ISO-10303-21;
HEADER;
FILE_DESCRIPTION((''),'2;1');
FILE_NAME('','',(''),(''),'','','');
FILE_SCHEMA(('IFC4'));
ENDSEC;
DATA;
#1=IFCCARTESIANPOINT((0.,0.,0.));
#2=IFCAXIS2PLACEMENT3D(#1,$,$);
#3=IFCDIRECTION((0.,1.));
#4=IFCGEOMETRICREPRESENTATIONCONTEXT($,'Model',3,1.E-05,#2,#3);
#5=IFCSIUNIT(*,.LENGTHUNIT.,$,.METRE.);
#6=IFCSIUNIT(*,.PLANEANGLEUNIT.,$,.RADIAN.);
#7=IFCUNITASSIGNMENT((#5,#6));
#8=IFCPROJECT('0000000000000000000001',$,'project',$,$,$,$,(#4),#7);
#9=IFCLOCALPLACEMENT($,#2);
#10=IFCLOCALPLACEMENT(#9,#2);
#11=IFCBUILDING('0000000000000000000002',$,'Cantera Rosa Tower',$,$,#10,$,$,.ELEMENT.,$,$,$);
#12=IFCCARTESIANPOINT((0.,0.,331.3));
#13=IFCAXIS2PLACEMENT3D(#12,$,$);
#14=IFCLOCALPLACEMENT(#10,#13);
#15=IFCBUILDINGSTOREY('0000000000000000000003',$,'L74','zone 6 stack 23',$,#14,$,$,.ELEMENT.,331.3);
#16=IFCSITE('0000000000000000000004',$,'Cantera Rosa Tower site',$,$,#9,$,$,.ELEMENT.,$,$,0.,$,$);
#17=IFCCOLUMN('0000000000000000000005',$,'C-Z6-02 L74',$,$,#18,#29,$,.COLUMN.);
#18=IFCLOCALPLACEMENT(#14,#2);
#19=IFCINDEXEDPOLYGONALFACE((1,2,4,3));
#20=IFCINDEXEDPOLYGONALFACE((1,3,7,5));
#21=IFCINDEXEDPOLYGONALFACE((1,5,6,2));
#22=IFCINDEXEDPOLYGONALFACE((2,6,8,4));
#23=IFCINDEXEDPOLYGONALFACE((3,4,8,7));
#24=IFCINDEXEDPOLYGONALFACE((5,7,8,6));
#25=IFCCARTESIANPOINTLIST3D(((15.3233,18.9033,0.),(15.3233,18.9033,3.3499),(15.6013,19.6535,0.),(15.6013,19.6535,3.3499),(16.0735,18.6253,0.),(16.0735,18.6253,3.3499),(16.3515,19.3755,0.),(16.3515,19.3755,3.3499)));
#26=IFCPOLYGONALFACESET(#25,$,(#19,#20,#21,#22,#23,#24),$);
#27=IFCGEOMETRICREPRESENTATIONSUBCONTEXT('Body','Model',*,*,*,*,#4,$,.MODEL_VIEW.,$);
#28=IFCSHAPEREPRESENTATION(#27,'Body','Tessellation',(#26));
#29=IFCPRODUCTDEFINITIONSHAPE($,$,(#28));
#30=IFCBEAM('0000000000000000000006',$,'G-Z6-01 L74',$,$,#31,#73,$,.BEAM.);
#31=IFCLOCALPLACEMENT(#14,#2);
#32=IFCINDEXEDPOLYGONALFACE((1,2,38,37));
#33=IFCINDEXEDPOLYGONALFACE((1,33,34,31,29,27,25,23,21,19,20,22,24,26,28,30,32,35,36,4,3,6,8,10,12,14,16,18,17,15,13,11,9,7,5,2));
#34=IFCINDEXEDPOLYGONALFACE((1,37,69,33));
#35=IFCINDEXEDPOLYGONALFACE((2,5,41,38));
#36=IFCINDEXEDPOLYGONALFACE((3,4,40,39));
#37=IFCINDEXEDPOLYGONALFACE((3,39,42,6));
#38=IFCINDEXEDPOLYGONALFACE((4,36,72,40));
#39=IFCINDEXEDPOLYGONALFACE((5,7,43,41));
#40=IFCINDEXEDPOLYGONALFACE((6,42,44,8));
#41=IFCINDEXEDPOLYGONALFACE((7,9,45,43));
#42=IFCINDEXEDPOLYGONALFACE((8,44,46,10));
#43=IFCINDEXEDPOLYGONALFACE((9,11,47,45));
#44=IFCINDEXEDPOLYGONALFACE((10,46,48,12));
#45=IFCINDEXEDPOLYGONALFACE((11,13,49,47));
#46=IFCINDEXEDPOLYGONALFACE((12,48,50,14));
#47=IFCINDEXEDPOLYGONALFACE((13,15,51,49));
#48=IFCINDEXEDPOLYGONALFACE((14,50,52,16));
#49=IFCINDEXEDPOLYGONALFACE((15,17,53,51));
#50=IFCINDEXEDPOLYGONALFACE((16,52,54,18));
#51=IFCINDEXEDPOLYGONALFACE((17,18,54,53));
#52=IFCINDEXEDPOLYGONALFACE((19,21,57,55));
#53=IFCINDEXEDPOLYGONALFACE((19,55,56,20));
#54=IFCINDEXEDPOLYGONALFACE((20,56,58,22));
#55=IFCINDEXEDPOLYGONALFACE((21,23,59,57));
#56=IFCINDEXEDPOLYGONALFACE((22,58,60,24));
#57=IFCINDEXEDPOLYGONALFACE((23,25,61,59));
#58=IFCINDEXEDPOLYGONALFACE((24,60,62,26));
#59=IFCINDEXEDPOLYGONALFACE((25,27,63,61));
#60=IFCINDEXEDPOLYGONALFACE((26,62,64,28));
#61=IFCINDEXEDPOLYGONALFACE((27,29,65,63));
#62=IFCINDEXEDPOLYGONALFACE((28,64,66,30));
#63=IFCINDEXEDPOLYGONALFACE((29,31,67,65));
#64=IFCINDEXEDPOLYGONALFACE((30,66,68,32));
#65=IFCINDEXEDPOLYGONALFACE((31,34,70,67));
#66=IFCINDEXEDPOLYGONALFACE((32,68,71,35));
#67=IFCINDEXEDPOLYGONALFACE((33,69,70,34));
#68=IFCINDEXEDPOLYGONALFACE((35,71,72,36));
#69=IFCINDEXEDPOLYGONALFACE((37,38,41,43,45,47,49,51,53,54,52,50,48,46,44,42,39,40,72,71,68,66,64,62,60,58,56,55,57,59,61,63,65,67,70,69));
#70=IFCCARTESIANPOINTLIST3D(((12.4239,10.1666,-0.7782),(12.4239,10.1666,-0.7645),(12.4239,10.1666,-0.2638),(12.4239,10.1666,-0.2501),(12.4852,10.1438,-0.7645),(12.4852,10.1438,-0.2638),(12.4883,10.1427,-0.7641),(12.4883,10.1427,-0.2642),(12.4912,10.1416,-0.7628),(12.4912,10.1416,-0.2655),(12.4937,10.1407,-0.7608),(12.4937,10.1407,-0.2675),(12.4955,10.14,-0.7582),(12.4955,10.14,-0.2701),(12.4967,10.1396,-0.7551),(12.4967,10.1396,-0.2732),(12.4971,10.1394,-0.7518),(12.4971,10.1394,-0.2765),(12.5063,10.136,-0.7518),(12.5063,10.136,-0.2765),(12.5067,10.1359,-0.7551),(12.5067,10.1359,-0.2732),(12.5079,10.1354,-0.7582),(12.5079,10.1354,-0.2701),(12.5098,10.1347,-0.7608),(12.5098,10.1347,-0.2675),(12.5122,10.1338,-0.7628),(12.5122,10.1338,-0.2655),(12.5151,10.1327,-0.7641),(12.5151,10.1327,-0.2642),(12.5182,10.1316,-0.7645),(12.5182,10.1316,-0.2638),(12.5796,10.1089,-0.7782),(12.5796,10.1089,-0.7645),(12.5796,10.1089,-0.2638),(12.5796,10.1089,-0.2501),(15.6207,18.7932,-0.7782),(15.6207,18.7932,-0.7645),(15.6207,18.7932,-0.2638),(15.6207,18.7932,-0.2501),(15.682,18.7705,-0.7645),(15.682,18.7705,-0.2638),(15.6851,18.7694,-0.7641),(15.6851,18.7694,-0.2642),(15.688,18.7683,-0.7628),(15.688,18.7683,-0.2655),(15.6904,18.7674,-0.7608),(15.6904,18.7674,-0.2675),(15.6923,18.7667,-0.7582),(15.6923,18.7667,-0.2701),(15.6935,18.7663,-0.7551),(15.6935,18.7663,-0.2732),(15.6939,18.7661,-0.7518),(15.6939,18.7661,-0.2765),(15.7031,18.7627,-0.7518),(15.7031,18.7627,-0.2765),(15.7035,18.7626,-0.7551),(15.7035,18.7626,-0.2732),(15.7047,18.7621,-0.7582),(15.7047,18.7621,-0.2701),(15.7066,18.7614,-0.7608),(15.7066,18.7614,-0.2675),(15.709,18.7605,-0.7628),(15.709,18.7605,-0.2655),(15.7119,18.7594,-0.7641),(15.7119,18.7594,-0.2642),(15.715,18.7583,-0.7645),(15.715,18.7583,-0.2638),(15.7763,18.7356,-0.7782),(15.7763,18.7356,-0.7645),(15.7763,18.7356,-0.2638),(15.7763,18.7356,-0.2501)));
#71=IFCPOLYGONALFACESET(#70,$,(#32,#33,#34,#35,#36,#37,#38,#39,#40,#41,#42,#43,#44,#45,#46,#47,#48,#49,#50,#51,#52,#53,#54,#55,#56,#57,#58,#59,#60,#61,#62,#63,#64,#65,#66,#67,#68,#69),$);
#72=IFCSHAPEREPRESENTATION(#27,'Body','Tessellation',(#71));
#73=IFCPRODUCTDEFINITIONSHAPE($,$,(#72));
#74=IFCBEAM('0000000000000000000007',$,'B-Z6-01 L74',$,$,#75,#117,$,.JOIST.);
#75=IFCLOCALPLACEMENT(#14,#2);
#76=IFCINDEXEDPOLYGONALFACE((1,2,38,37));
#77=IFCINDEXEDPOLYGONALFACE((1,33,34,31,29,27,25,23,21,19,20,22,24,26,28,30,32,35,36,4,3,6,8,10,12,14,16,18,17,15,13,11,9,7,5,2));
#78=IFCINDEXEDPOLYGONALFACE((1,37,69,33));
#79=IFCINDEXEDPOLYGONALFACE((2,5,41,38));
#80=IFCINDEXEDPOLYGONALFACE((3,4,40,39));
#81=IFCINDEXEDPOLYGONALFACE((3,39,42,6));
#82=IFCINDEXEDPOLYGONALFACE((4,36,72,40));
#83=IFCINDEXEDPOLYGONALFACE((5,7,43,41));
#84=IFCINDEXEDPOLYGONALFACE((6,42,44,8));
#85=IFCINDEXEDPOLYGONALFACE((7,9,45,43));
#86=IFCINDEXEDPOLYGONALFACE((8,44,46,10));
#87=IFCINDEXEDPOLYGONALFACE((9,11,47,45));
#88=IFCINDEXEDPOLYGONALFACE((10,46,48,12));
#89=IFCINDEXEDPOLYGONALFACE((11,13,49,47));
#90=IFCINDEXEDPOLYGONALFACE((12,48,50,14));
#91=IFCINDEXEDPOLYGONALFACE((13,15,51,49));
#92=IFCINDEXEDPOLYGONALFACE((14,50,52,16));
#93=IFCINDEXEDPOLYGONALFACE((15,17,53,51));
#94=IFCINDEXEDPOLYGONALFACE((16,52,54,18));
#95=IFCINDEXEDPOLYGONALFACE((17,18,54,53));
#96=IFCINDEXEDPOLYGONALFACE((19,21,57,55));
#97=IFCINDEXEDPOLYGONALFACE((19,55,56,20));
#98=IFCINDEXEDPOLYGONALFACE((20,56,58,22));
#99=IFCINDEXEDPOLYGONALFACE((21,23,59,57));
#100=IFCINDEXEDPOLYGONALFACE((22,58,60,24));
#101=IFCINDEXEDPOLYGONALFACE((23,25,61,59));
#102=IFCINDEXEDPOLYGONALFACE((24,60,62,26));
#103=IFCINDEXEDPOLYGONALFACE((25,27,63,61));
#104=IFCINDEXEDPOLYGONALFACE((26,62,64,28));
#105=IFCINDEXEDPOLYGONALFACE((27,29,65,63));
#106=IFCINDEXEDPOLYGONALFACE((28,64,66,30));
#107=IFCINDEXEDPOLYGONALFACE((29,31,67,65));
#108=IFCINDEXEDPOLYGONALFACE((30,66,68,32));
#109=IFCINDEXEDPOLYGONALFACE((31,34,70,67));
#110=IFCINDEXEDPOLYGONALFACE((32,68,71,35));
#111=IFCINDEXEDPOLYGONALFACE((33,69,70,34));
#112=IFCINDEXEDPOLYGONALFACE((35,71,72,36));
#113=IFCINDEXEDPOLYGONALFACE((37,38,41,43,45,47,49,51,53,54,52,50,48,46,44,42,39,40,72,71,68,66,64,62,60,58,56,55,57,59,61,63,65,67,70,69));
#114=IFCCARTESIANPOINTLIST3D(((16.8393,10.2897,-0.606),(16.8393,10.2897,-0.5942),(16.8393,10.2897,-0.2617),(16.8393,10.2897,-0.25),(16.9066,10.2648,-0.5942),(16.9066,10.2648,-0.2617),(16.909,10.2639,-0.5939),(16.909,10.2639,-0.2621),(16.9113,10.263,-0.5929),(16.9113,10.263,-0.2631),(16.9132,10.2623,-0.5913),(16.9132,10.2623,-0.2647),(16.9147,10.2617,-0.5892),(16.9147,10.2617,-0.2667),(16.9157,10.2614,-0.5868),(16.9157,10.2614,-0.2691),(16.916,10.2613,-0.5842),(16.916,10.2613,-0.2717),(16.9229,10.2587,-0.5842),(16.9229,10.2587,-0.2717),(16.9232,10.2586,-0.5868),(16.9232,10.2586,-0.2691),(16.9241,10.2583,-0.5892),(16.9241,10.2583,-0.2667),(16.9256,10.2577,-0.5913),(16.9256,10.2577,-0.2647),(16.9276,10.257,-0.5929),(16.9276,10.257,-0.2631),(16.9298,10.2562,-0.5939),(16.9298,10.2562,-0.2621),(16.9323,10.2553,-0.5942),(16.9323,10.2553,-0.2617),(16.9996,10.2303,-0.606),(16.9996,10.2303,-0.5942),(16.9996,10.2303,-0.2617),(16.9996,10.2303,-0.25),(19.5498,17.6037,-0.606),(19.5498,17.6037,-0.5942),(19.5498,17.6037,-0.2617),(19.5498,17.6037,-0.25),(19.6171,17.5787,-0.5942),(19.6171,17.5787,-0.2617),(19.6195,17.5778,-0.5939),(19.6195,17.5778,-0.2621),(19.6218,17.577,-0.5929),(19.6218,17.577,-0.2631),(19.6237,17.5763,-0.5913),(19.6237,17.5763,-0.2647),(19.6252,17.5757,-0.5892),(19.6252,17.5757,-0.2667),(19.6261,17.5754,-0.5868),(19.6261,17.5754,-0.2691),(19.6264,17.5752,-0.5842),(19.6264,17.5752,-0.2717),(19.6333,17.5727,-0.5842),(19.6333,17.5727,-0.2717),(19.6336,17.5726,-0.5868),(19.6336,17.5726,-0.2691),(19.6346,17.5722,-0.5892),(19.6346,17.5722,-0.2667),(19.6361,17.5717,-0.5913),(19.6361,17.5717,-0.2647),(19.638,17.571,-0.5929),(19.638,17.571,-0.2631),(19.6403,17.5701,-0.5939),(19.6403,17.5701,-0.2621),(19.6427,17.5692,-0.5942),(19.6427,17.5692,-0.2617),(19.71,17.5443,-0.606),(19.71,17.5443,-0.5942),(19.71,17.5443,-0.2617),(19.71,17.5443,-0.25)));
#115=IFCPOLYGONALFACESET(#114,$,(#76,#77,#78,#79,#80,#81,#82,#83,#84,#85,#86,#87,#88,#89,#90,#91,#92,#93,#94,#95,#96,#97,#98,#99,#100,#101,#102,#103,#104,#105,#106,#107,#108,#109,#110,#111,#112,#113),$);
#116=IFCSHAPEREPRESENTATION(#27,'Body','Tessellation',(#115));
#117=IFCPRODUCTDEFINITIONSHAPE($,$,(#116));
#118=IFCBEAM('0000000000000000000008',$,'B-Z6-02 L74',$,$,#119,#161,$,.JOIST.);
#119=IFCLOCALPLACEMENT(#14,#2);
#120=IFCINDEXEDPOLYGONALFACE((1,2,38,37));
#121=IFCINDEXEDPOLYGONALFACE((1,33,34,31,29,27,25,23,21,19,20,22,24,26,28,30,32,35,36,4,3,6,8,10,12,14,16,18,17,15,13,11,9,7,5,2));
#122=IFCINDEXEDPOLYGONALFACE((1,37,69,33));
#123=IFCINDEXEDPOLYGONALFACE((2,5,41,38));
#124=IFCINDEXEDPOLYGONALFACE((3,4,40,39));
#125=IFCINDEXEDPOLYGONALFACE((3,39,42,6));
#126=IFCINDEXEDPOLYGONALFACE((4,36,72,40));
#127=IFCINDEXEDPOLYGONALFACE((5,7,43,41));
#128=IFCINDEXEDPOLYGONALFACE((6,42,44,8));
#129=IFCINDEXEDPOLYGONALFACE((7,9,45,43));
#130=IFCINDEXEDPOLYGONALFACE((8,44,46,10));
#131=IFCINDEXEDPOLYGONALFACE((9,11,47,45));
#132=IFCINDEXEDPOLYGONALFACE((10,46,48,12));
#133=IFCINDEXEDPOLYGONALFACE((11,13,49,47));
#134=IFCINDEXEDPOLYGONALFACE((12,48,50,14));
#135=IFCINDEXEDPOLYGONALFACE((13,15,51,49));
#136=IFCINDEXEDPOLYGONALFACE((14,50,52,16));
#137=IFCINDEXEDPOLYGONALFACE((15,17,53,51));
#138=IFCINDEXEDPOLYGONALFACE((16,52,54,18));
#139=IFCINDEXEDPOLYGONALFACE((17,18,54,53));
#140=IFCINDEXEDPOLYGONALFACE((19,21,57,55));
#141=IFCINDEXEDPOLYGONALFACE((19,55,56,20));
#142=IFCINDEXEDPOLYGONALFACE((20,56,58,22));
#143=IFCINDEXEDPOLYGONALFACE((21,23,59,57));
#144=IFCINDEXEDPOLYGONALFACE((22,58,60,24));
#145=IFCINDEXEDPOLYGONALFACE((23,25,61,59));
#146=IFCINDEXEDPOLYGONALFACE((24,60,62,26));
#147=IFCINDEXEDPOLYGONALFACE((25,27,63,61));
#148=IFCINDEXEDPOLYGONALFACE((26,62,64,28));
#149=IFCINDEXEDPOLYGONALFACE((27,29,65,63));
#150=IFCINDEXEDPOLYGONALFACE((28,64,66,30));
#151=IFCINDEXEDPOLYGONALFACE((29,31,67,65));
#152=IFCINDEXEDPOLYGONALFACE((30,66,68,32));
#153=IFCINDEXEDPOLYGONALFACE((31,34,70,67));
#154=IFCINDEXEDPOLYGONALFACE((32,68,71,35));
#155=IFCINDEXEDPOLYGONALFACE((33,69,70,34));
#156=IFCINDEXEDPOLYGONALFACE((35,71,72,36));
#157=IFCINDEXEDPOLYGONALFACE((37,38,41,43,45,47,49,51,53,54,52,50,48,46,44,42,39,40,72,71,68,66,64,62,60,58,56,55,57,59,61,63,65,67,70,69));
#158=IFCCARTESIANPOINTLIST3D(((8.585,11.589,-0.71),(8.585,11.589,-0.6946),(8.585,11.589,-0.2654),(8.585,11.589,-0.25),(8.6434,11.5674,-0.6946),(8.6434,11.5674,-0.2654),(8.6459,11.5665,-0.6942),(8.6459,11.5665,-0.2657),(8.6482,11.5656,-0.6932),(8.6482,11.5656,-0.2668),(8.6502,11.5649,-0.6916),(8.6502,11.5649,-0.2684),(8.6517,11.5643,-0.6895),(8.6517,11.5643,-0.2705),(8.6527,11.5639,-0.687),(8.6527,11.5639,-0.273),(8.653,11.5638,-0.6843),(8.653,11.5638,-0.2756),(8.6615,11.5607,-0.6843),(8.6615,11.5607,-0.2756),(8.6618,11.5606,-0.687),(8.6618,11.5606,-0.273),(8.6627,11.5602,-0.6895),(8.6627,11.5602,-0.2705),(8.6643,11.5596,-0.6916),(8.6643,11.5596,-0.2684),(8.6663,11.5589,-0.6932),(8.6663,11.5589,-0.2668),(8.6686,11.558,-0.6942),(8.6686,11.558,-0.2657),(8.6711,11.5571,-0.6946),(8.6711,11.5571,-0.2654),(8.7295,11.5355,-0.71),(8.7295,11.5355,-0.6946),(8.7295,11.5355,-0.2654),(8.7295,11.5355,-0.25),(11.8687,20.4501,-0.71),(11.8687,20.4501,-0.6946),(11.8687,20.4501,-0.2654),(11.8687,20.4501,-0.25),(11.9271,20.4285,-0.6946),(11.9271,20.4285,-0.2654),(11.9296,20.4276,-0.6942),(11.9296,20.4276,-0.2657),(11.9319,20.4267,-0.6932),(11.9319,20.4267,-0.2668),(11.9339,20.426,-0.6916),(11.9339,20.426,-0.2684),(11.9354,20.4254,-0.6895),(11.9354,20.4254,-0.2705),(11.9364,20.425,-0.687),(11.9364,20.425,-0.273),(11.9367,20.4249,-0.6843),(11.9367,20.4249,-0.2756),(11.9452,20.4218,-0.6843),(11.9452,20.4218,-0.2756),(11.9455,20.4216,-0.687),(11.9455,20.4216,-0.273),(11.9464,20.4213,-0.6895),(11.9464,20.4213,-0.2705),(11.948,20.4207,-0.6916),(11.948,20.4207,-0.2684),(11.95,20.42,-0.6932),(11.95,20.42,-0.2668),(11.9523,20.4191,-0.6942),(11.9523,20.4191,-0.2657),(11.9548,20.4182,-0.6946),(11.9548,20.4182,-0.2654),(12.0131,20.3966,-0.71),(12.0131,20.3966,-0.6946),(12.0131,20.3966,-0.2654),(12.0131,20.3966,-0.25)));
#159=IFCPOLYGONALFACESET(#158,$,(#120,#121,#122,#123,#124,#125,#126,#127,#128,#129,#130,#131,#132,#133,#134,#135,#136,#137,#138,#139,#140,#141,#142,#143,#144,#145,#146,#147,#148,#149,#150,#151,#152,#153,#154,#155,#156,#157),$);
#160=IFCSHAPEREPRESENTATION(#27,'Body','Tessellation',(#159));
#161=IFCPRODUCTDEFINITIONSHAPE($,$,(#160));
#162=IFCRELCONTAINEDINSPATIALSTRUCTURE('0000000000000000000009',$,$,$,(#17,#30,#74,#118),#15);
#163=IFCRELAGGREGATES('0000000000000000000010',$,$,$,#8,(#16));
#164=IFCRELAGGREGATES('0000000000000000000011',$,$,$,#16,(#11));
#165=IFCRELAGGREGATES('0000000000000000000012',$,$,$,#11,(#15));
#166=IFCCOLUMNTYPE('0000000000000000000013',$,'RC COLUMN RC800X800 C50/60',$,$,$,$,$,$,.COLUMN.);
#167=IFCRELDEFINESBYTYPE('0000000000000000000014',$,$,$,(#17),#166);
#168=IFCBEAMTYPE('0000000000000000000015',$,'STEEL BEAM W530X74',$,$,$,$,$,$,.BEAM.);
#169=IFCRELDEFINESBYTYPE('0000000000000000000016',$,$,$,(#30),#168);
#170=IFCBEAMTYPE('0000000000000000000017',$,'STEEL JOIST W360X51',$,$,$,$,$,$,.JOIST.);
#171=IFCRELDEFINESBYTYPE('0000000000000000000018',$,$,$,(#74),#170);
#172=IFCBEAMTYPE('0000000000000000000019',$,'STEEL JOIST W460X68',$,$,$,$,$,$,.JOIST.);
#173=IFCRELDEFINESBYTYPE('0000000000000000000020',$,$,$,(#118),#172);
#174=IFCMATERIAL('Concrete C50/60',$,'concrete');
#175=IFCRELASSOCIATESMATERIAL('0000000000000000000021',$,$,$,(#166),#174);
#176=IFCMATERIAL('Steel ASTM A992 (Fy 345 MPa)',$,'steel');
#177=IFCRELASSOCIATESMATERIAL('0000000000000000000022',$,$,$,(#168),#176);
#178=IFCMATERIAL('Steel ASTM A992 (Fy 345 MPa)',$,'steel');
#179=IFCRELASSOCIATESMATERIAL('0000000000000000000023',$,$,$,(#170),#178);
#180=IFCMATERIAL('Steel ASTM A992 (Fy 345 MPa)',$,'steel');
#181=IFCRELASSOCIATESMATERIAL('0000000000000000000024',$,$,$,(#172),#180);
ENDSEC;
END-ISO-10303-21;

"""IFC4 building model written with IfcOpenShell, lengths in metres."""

from ifc_helpers import new_model, si_unit, direction, frame, origin, origin_2d, place, context, subcontext, project, spatial, rectangle, i_section, extrude, material, material_profile, profile_set, type_object, element, save


model = new_model("IFC4")

# Units and contexts
model_context = context("Model", 3, precision=1e-05, world=origin(), true_north=direction((0.0, 1.0)))
body_context = subcontext(model_context, "Body", "Model", "MODEL_VIEW")
ifc_project = project(units=[si_unit("LENGTHUNIT", "METRE"), si_unit("PLANEANGLEUNIT", "RADIAN")], contexts=[model_context])

# Site, building, storey
site_placement = place(None, origin())
site = spatial("IfcSite", under=ifc_project, at=site_placement, Name="Cantera Rosa Tower site", CompositionType="ELEMENT", RefElevation=0.0)
building_placement = place(site_placement, origin())
building = spatial("IfcBuilding", under=site, at=building_placement, Name="Cantera Rosa Tower", CompositionType="ELEMENT")
storey_placement = place(building_placement, frame((0.0, 0.0, 331.3)))
storey = spatial("IfcBuildingStorey", under=building, at=storey_placement, Name="L74", Description="zone 6 stack 23", CompositionType="ELEMENT", Elevation=331.3)

# Column
ifc_material_1 = material(Name="Concrete C50/60", Category="concrete")
ifc_material_profile_1 = material_profile(ifc_material_1, rectangle(XDim=0.8, YDim=0.8, at=origin_2d()), Name="RC COLUMN RC800X800 C50/60")
ifc_profile_set_1 = profile_set([ifc_material_profile_1], Name="Concrete C50/60")
column_type = type_object("IfcColumnType", Name="RC COLUMN RC800X800 C50/60", PredefinedType="COLUMN", material=ifc_profile_set_1)
column_placement = place(storey_placement, frame((15.8374, 19.1394, 0.0), z_axis=(0.0, 0.0, 1.0), x_axis=(0.347481, 0.937687, 0.0)))
element("IfcColumn", 1, at=column_placement, inside=storey, type_object=column_type, Name="C-Z6-02 L74", PredefinedType="COLUMN", context=body_context, shape_type="SweptSolid", body=[
    extrude(rectangle(XDim=0.8, YDim=0.8, at=origin_2d()), origin(), (0.0, 0.0, 1.0), 3.3499),
])

# Beams
ifc_material_2 = material(Name="Steel ASTM A992 (Fy 345 MPa)", Category="steel")
ifc_material_profile_2 = material_profile(ifc_material_2, i_section(OverallWidth=0.166, OverallDepth=0.5281, WebThickness=0.0098, FlangeThickness=0.0137, FilletRadius=0.0127, at=origin_2d()), Name="W530X74")
ifc_profile_set_2 = profile_set([ifc_material_profile_2], Name="Steel ASTM A992 (Fy 345 MPa)")
beam_type_1 = type_object("IfcBeamType", Name="STEEL BEAM W530X74", PredefinedType="BEAM", material=ifc_profile_set_2)
beam_1_placement = place(storey_placement, frame((15.6985, 18.7644, -0.5142), z_axis=(-0.347477, -0.937689, 0.0), x_axis=(0.937689, -0.347477, 0.0)))
element("IfcBeam", 2, at=beam_1_placement, inside=storey, type_object=beam_type_1, Name="G-Z6-01 L74", PredefinedType="BEAM", context=body_context, shape_type="SweptSolid", body=[
    extrude(i_section(OverallWidth=0.166, OverallDepth=0.5281, WebThickness=0.0098, FlangeThickness=0.0137, FilletRadius=0.0127, at=origin_2d()), origin(), (0.0, 0.0, 1.0), 9.2),
])
ifc_material_3 = material(Name="Steel ASTM A992 (Fy 345 MPa)", Category="steel")
ifc_material_profile_3 = material_profile(ifc_material_3, i_section(OverallWidth=0.1709, OverallDepth=0.356, WebThickness=0.0073, FlangeThickness=0.0117, FilletRadius=0.01, at=origin_2d()), Name="W360X51")
ifc_profile_set_3 = profile_set([ifc_material_profile_3], Name="Steel ASTM A992 (Fy 345 MPa)")
beam_type_2 = type_object("IfcBeamType", Name="STEEL JOIST W360X51", PredefinedType="JOIST", material=ifc_profile_set_3)
beam_2_placement = place(storey_placement, frame((19.6299, 17.574, -0.428), z_axis=(-0.347492, -0.937683, 0.0), x_axis=(0.937683, -0.347492, 0.0)))
element("IfcBeam", 3, at=beam_2_placement, inside=storey, type_object=beam_type_2, Name="B-Z6-01 L74", PredefinedType="JOIST", context=body_context, shape_type="SweptSolid", body=[
    extrude(i_section(OverallWidth=0.1709, OverallDepth=0.356, WebThickness=0.0073, FlangeThickness=0.0117, FilletRadius=0.01, at=origin_2d()), origin(), (0.0, 0.0, 1.0), 7.8),
])
ifc_material_4 = material(Name="Steel ASTM A992 (Fy 345 MPa)", Category="steel")
ifc_material_profile_4 = material_profile(ifc_material_4, i_section(OverallWidth=0.1541, OverallDepth=0.46, WebThickness=0.009, FlangeThickness=0.0154, FilletRadius=0.0103, at=origin_2d()), Name="W460X68")
ifc_profile_set_4 = profile_set([ifc_material_profile_4], Name="Steel ASTM A992 (Fy 345 MPa)")
beam_type_3 = type_object("IfcBeamType", Name="STEEL JOIST W460X68", PredefinedType="JOIST", material=ifc_profile_set_4)
beam_3_placement = place(storey_placement, frame((11.9409, 20.4233, -0.48), z_axis=(-0.347483, -0.937686, 0.0), x_axis=(0.937686, -0.347483, 0.0)))
element("IfcBeam", 4, at=beam_3_placement, inside=storey, type_object=beam_type_3, Name="B-Z6-02 L74", PredefinedType="JOIST", context=body_context, shape_type="SweptSolid", body=[
    extrude(i_section(OverallWidth=0.1541, OverallDepth=0.46, WebThickness=0.009, FlangeThickness=0.0154, FilletRadius=0.0103, at=origin_2d()), origin(), (0.0, 0.0, 1.0), 9.45),
])

save(model, "model.ifc")
